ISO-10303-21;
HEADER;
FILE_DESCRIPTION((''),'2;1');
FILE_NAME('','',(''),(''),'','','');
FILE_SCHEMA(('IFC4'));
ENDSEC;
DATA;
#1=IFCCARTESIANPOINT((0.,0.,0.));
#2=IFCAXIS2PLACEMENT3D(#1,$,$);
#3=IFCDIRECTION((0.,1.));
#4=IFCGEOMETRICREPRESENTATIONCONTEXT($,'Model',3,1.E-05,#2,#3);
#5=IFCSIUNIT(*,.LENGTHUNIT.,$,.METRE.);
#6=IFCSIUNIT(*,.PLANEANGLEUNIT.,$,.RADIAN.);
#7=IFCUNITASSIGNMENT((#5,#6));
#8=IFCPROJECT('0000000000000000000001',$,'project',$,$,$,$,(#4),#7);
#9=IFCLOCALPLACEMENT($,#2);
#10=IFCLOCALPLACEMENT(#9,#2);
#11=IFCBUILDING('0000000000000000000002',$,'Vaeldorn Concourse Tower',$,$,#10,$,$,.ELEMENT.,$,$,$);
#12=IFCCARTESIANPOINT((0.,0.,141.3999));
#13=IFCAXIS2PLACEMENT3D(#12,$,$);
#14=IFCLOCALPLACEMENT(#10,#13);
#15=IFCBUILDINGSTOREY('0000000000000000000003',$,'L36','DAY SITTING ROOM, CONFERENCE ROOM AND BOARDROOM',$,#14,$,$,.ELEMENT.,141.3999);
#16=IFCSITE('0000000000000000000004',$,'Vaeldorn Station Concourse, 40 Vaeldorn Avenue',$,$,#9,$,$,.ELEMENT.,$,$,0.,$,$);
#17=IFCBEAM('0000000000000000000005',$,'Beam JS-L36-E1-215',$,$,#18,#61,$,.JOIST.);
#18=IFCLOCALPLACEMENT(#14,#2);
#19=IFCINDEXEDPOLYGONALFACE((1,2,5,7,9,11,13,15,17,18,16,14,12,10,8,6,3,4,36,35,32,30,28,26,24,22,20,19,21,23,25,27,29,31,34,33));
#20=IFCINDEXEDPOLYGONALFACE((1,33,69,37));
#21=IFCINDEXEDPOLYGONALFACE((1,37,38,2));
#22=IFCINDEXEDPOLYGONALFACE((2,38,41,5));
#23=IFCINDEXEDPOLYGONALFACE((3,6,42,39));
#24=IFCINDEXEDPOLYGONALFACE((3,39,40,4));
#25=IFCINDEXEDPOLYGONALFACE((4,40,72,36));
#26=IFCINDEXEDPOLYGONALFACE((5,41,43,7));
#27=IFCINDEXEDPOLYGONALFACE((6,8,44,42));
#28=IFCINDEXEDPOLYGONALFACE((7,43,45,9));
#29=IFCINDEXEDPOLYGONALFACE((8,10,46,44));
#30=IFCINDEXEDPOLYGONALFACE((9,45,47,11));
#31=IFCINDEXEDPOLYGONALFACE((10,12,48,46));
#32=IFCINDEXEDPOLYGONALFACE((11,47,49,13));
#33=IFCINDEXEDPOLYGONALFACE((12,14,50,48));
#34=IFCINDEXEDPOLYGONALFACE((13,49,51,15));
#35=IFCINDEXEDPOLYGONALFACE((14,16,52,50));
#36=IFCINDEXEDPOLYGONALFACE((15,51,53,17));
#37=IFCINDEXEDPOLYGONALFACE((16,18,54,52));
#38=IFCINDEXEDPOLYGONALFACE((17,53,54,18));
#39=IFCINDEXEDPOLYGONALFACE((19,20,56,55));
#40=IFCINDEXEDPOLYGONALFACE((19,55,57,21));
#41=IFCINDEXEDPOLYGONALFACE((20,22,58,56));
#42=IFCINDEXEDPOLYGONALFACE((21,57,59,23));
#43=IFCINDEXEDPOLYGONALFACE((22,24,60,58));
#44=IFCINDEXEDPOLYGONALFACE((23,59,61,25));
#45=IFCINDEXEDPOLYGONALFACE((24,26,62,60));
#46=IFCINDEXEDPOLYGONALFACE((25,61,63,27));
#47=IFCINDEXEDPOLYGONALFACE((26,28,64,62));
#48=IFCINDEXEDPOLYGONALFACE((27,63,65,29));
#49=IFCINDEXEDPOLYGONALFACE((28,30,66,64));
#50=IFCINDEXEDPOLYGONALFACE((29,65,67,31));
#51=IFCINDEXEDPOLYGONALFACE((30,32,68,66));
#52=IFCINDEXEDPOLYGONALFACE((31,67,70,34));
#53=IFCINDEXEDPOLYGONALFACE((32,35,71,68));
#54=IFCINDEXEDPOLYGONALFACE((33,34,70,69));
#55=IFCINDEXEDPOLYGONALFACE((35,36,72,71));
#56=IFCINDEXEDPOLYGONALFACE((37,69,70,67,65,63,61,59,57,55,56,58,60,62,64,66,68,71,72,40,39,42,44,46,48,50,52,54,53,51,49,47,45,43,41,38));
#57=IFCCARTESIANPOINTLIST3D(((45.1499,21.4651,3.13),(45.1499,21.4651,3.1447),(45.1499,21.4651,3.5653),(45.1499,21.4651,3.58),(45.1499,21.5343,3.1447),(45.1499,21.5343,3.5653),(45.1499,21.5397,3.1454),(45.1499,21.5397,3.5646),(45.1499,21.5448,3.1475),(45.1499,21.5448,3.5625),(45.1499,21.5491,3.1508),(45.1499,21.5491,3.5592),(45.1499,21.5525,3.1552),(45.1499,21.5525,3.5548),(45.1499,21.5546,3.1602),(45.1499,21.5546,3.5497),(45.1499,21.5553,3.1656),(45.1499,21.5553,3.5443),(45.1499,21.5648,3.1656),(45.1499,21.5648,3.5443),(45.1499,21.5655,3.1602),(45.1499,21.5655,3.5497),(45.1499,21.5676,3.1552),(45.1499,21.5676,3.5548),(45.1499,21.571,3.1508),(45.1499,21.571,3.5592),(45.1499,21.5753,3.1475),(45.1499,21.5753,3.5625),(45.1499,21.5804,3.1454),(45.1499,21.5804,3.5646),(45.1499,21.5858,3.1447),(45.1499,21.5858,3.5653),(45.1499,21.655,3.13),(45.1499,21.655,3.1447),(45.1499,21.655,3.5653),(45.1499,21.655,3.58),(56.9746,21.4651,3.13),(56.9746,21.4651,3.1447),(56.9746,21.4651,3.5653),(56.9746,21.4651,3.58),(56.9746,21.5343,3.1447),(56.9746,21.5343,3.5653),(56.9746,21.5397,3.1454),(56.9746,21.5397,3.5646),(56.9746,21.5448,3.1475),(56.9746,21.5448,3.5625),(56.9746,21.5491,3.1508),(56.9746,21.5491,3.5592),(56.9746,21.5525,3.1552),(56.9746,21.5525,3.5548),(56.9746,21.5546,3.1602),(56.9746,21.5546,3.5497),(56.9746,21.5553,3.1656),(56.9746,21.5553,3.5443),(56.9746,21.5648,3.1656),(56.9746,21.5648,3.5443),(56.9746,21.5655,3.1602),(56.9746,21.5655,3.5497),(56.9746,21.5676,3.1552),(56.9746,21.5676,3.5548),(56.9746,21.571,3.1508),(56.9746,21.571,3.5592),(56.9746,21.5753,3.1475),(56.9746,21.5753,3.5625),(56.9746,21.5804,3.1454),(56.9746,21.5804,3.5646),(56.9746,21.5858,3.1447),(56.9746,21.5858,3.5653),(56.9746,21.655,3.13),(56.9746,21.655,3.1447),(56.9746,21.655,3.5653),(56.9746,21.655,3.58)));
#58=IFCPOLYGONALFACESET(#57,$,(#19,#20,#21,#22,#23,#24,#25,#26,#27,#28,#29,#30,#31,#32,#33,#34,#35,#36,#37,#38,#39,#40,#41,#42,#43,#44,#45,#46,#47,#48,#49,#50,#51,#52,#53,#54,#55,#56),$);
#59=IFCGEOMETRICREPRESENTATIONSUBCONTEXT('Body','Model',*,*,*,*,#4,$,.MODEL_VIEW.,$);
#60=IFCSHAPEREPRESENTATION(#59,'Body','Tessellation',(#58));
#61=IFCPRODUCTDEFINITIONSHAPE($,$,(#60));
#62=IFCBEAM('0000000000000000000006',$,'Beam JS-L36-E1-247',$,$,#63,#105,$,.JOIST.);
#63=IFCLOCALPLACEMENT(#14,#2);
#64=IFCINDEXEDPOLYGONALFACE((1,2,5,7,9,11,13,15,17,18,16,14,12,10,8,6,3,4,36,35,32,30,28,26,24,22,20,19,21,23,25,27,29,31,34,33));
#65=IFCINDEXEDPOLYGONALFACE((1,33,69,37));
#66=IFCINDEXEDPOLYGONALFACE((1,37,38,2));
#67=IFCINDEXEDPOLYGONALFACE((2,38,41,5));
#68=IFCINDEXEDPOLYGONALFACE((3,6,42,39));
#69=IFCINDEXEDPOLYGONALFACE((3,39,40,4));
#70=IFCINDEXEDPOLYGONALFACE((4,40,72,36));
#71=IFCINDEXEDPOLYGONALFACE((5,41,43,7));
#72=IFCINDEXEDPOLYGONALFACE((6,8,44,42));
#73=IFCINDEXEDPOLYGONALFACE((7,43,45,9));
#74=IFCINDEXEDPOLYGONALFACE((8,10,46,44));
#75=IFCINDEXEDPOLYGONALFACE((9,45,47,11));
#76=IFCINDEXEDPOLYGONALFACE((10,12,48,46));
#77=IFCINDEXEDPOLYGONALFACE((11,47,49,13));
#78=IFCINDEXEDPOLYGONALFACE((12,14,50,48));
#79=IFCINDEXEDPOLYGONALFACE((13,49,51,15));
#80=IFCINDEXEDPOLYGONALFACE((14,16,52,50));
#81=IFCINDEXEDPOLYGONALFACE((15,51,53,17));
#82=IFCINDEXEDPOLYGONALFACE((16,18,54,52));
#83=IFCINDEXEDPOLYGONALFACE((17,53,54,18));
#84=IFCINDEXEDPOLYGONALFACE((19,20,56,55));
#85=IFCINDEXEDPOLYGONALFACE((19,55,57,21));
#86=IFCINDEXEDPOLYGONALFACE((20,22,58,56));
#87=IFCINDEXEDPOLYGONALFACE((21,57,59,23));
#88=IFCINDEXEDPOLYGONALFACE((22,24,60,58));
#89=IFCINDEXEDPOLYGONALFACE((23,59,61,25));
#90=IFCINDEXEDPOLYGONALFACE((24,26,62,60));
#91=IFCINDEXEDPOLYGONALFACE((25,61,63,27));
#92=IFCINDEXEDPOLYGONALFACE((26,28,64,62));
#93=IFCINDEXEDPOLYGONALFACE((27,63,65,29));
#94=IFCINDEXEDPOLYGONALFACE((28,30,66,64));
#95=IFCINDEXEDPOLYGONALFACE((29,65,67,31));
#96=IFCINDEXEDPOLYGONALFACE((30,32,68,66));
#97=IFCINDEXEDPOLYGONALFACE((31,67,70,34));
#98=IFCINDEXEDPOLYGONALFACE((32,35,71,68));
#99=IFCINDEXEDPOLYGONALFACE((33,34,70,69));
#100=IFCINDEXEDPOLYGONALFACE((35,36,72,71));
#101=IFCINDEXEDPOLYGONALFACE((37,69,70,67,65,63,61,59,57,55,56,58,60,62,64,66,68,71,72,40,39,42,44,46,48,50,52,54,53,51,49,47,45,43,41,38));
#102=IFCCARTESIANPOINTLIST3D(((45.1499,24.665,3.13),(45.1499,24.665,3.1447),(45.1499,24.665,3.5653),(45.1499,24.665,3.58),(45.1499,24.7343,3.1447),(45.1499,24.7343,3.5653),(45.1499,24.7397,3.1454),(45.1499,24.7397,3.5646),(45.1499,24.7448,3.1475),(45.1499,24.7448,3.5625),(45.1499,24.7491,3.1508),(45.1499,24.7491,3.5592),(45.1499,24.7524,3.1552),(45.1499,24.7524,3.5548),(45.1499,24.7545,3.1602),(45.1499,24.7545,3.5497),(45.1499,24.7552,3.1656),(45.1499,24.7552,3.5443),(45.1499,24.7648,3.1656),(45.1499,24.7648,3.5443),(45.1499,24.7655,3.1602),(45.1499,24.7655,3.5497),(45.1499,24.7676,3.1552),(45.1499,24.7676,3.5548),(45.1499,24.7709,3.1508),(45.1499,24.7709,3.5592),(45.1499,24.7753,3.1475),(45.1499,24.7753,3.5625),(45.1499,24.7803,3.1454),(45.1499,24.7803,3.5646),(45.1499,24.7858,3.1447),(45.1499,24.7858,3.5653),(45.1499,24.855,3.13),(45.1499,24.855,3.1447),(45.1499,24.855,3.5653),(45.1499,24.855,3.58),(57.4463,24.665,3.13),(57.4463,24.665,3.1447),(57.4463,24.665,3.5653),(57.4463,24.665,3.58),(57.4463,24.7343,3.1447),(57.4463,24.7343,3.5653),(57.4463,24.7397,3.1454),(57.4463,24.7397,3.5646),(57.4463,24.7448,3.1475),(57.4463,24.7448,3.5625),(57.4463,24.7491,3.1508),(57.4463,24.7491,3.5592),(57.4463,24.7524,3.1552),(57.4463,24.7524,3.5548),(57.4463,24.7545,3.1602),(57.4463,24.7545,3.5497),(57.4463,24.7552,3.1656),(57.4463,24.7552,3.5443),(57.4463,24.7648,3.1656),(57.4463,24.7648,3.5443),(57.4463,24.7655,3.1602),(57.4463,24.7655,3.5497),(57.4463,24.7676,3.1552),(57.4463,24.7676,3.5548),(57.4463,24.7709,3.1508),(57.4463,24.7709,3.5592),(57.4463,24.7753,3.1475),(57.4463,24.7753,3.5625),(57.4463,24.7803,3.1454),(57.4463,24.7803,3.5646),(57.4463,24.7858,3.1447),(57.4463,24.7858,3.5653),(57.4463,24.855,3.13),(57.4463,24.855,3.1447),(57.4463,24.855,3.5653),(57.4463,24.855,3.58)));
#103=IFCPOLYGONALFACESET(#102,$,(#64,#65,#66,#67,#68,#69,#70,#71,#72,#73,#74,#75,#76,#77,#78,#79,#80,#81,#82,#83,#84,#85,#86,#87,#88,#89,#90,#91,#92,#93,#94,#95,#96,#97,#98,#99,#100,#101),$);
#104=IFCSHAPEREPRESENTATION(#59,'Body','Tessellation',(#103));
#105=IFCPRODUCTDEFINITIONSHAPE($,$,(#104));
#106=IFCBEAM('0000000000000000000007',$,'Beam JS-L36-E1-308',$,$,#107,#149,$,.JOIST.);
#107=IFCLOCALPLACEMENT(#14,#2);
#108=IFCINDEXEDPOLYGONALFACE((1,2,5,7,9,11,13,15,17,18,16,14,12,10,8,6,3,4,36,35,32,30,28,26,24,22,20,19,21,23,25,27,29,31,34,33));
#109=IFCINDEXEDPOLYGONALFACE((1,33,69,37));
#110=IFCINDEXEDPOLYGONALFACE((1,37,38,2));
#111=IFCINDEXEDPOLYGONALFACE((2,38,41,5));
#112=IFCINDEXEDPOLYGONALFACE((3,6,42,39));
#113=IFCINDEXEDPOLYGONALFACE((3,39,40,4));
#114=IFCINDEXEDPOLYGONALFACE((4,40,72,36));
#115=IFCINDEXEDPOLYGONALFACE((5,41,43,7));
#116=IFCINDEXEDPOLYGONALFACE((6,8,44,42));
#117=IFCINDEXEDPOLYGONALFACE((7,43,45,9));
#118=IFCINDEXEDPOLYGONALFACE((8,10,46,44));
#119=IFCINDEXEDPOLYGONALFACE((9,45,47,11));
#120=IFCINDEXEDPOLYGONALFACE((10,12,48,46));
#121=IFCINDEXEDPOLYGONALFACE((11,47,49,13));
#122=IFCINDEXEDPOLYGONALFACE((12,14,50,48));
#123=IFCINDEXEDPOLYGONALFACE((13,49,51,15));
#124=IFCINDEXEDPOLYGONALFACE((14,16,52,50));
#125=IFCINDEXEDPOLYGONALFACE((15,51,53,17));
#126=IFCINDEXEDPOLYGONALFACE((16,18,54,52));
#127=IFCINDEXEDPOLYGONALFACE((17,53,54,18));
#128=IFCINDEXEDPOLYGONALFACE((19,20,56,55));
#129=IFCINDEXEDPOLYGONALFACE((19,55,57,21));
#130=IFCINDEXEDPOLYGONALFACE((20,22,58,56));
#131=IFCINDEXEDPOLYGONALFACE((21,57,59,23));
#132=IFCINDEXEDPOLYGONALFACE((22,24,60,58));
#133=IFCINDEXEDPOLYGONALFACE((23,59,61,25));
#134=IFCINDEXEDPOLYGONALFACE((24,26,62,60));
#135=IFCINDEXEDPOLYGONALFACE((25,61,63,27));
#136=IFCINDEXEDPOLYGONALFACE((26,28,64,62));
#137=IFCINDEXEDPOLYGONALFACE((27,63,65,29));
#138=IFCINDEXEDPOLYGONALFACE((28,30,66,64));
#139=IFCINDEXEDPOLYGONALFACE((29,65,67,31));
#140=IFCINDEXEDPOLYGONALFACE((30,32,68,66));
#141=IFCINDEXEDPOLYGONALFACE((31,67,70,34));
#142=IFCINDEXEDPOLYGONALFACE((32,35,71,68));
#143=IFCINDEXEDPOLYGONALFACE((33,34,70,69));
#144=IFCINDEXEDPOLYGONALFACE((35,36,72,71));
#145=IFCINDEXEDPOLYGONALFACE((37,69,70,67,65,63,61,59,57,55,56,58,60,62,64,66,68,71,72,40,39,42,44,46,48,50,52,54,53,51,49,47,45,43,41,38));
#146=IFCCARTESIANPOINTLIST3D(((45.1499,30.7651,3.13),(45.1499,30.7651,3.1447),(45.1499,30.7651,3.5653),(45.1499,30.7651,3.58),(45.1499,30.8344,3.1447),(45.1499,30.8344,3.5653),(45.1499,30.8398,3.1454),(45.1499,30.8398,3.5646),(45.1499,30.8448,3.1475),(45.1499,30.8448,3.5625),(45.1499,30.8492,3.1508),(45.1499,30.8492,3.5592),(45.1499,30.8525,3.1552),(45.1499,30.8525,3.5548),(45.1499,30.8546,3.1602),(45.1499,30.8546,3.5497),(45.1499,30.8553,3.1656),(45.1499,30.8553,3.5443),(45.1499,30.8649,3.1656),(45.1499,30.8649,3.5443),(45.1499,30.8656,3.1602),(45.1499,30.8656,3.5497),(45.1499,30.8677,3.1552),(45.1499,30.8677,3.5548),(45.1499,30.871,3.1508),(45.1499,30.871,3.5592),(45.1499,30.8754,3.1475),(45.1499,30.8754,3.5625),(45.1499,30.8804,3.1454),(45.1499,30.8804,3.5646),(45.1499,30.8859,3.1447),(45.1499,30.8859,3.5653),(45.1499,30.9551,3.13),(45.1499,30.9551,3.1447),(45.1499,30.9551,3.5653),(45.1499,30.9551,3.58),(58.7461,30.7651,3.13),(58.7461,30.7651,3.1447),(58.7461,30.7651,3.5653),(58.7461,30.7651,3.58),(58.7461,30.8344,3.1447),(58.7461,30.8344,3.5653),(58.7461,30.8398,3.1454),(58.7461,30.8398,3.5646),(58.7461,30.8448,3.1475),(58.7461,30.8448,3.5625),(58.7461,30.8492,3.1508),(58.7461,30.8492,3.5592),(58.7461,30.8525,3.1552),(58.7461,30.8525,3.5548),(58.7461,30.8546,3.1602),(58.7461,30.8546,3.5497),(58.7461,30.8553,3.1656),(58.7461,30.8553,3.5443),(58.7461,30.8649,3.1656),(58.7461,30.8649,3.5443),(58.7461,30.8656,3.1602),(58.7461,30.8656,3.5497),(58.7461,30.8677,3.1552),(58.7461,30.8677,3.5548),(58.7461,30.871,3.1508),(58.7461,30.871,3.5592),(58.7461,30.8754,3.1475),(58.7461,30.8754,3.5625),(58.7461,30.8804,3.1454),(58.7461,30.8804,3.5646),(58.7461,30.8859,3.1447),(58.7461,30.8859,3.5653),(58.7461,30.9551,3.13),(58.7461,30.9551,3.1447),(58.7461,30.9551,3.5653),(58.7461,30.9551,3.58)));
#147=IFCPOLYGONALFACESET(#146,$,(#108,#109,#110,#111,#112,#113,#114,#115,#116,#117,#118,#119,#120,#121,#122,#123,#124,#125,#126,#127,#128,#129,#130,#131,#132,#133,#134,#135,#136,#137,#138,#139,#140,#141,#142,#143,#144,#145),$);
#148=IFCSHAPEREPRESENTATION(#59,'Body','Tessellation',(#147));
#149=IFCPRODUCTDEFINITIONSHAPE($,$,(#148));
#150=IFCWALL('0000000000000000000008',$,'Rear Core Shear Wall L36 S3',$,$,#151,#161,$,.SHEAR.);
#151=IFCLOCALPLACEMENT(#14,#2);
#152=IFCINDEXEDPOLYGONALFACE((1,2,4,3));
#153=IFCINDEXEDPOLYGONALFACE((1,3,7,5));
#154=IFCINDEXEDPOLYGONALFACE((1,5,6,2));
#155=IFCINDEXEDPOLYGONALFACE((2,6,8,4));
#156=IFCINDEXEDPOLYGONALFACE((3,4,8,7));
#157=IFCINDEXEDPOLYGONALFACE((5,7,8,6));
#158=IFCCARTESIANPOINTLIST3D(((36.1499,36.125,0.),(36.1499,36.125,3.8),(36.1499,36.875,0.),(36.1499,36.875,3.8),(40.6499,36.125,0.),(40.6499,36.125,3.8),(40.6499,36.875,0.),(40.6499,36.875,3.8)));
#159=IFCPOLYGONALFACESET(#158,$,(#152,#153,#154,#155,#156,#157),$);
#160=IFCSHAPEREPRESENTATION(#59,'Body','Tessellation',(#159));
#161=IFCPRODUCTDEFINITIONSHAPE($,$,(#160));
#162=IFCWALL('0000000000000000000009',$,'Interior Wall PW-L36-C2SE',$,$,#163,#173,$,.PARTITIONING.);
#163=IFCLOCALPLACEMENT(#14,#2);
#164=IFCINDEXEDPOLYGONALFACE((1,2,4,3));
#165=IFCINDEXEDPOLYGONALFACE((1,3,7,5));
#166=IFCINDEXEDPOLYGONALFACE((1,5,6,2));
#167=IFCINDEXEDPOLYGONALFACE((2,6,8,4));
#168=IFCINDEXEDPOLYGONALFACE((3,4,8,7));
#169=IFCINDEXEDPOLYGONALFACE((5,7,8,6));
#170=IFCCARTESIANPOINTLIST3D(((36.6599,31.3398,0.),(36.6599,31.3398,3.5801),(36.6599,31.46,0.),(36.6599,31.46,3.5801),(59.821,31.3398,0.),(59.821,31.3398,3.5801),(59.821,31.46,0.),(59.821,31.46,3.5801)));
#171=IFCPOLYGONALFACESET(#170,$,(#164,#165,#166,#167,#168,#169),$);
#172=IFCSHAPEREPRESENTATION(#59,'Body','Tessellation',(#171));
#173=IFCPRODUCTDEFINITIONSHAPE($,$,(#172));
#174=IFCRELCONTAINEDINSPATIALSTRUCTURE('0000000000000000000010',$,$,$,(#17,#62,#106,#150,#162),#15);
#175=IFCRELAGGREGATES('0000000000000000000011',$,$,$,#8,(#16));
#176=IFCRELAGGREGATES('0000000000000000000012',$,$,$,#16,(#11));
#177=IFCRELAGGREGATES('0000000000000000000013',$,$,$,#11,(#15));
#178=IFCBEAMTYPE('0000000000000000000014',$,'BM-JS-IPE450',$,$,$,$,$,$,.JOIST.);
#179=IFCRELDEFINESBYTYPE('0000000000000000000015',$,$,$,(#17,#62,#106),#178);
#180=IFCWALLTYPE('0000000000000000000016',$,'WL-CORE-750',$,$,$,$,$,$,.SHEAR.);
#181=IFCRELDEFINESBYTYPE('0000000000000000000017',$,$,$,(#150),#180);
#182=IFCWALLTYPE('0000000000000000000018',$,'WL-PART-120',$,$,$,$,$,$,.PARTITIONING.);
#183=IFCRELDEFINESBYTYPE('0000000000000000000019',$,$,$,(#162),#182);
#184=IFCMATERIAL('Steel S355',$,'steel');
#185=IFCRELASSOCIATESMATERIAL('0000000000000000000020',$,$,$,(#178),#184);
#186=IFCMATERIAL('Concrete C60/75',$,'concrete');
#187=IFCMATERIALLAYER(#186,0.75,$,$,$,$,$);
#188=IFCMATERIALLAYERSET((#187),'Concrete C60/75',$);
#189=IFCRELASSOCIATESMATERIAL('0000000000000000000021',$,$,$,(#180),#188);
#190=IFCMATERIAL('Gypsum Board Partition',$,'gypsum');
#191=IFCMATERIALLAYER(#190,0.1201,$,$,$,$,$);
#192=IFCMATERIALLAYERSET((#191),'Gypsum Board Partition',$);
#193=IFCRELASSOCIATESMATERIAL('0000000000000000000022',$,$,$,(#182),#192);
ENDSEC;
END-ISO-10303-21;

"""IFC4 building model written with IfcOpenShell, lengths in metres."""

from ifc_helpers import new_model, si_unit, direction, frame, frame_2d, origin, origin_2d, place, context, subcontext, project, spatial, rectangle, i_section, extrude, source, transform, mapped, material, layer, layer_set, material_profile, profile_set, type_object, element, save


model = new_model("IFC4")

# Units and contexts
model_context = context("Model", 3, precision=1e-05, world=origin(), true_north=direction((0.0, 1.0)))
body_context = subcontext(model_context, "Body", "Model", "MODEL_VIEW")
ifc_project = project(units=[si_unit("LENGTHUNIT", "METRE"), si_unit("PLANEANGLEUNIT", "RADIAN")], contexts=[model_context])

# Site, building, storey
site_placement = place(None, origin())
site = spatial("IfcSite", under=ifc_project, at=site_placement, Name="Vaeldorn Station Concourse, 40 Vaeldorn Avenue", CompositionType="ELEMENT", RefElevation=0.0)
building_placement = place(site_placement, origin())
building = spatial("IfcBuilding", under=site, at=building_placement, Name="Vaeldorn Concourse Tower", CompositionType="ELEMENT")
storey_placement = place(building_placement, frame((0.0, 0.0, 141.3999)))
storey = spatial("IfcBuildingStorey", under=building, at=storey_placement, Name="L36", Description="DAY SITTING ROOM, CONFERENCE ROOM AND BOARDROOM", CompositionType="ELEMENT", Elevation=141.3999)

# Beams
ifc_material_1 = material(Name="Steel S355", Category="steel")
ifc_material_profile_1 = material_profile(ifc_material_1, i_section(OverallWidth=0.1899, OverallDepth=0.45, WebThickness=0.0095, FlangeThickness=0.0146, FilletRadius=0.021, at=origin_2d()), Name="IPE 450")
ifc_profile_set_1 = profile_set([ifc_material_profile_1], Name="Steel S355")
beam_type_1 = type_object("IfcBeamType", Name="BM-JS-IPE450", PredefinedType="JOIST", material=ifc_profile_set_1)
shared_shape_1 = source(origin(), body_context, "Body", "SweptSolid", [
    extrude(i_section(OverallWidth=0.1899, OverallDepth=0.45, WebThickness=0.0095, FlangeThickness=0.0146, FilletRadius=0.021, at=origin_2d()), origin(), (0.0, 0.0, 1.0), 11.8247),
])
beam_1_placement = place(storey_placement, frame((45.1499, 21.5601, 3.355), z_axis=(1.0, 0.0, 0.0), x_axis=(0.0, 1.0, 0.0)))
element("IfcBeam", 1, at=beam_1_placement, inside=storey, type_object=beam_type_1, Name="Beam JS-L36-E1-215", PredefinedType="JOIST", context=body_context, shape_type="MappedRepresentation", body=[
    mapped(shared_shape_1, transform((0.0, 0.0, 0.0), scale=1.0)),
])
shared_shape_2 = source(origin(), body_context, "Body", "SweptSolid", [
    extrude(i_section(OverallWidth=0.1899, OverallDepth=0.45, WebThickness=0.0095, FlangeThickness=0.0146, FilletRadius=0.021, at=origin_2d()), origin(), (0.0, 0.0, 1.0), 12.2964),
])
beam_2_placement = place(storey_placement, frame((45.1499, 24.76, 3.355), z_axis=(1.0, 0.0, 0.0), x_axis=(0.0, 1.0, 0.0)))
element("IfcBeam", 2, at=beam_2_placement, inside=storey, type_object=beam_type_1, Name="Beam JS-L36-E1-247", PredefinedType="JOIST", context=body_context, shape_type="MappedRepresentation", body=[
    mapped(shared_shape_2, transform((0.0, 0.0, 0.0), scale=1.0)),
])
shared_shape_3 = source(origin(), body_context, "Body", "SweptSolid", [
    extrude(i_section(OverallWidth=0.1899, OverallDepth=0.45, WebThickness=0.0095, FlangeThickness=0.0146, FilletRadius=0.021, at=origin_2d()), origin(), (0.0, 0.0, 1.0), 13.5962),
])
beam_3_placement = place(storey_placement, frame((45.1499, 30.8601, 3.355), z_axis=(1.0, 0.0, 0.0), x_axis=(0.0, 1.0, 0.0)))
element("IfcBeam", 3, at=beam_3_placement, inside=storey, type_object=beam_type_1, Name="Beam JS-L36-E1-308", PredefinedType="JOIST", context=body_context, shape_type="MappedRepresentation", body=[
    mapped(shared_shape_3, transform((0.0, 0.0, 0.0), scale=1.0)),
])

# Walls
ifc_material_2 = material(Name="Concrete C60/75", Category="concrete")
ifc_layer_1 = layer(ifc_material_2, 0.75)
ifc_layer_set_1 = layer_set([ifc_layer_1], Name="Concrete C60/75")
wall_type_1 = type_object("IfcWallType", Name="WL-CORE-750", PredefinedType="SHEAR", material=ifc_layer_set_1)
wall_1_placement = place(storey_placement, frame((36.1499, 36.5, 0.0), z_axis=(0.0, 0.0, 1.0), x_axis=(1.0, 0.0, 0.0)))
element("IfcWall", 4, at=wall_1_placement, inside=storey, type_object=wall_type_1, Name="Rear Core Shear Wall L36 S3", PredefinedType="SHEAR", context=body_context, shape_type="SweptSolid", body=[
    extrude(rectangle(XDim=4.5, YDim=0.75, at=frame_2d((2.25, 0.0))), origin(), (0.0, 0.0, 1.0), 3.8),
])
ifc_material_3 = material(Name="Gypsum Board Partition", Category="gypsum")
ifc_layer_2 = layer(ifc_material_3, 0.1201)
ifc_layer_set_2 = layer_set([ifc_layer_2], Name="Gypsum Board Partition")
wall_type_2 = type_object("IfcWallType", Name="WL-PART-120", PredefinedType="PARTITIONING", material=ifc_layer_set_2)
wall_2_placement = place(storey_placement, frame((36.6599, 31.3999, 0.0), z_axis=(0.0, 0.0, 1.0), x_axis=(1.0, 0.0, 0.0)))
element("IfcWall", 5, at=wall_2_placement, inside=storey, type_object=wall_type_2, Name="Interior Wall PW-L36-C2SE", PredefinedType="PARTITIONING", context=body_context, shape_type="SweptSolid", body=[
    extrude(rectangle(XDim=23.1611, YDim=0.1201, at=frame_2d((11.5806, 0.0))), origin(), (0.0, 0.0, 1.0), 3.5801),
])

save(model, "model.ifc")
